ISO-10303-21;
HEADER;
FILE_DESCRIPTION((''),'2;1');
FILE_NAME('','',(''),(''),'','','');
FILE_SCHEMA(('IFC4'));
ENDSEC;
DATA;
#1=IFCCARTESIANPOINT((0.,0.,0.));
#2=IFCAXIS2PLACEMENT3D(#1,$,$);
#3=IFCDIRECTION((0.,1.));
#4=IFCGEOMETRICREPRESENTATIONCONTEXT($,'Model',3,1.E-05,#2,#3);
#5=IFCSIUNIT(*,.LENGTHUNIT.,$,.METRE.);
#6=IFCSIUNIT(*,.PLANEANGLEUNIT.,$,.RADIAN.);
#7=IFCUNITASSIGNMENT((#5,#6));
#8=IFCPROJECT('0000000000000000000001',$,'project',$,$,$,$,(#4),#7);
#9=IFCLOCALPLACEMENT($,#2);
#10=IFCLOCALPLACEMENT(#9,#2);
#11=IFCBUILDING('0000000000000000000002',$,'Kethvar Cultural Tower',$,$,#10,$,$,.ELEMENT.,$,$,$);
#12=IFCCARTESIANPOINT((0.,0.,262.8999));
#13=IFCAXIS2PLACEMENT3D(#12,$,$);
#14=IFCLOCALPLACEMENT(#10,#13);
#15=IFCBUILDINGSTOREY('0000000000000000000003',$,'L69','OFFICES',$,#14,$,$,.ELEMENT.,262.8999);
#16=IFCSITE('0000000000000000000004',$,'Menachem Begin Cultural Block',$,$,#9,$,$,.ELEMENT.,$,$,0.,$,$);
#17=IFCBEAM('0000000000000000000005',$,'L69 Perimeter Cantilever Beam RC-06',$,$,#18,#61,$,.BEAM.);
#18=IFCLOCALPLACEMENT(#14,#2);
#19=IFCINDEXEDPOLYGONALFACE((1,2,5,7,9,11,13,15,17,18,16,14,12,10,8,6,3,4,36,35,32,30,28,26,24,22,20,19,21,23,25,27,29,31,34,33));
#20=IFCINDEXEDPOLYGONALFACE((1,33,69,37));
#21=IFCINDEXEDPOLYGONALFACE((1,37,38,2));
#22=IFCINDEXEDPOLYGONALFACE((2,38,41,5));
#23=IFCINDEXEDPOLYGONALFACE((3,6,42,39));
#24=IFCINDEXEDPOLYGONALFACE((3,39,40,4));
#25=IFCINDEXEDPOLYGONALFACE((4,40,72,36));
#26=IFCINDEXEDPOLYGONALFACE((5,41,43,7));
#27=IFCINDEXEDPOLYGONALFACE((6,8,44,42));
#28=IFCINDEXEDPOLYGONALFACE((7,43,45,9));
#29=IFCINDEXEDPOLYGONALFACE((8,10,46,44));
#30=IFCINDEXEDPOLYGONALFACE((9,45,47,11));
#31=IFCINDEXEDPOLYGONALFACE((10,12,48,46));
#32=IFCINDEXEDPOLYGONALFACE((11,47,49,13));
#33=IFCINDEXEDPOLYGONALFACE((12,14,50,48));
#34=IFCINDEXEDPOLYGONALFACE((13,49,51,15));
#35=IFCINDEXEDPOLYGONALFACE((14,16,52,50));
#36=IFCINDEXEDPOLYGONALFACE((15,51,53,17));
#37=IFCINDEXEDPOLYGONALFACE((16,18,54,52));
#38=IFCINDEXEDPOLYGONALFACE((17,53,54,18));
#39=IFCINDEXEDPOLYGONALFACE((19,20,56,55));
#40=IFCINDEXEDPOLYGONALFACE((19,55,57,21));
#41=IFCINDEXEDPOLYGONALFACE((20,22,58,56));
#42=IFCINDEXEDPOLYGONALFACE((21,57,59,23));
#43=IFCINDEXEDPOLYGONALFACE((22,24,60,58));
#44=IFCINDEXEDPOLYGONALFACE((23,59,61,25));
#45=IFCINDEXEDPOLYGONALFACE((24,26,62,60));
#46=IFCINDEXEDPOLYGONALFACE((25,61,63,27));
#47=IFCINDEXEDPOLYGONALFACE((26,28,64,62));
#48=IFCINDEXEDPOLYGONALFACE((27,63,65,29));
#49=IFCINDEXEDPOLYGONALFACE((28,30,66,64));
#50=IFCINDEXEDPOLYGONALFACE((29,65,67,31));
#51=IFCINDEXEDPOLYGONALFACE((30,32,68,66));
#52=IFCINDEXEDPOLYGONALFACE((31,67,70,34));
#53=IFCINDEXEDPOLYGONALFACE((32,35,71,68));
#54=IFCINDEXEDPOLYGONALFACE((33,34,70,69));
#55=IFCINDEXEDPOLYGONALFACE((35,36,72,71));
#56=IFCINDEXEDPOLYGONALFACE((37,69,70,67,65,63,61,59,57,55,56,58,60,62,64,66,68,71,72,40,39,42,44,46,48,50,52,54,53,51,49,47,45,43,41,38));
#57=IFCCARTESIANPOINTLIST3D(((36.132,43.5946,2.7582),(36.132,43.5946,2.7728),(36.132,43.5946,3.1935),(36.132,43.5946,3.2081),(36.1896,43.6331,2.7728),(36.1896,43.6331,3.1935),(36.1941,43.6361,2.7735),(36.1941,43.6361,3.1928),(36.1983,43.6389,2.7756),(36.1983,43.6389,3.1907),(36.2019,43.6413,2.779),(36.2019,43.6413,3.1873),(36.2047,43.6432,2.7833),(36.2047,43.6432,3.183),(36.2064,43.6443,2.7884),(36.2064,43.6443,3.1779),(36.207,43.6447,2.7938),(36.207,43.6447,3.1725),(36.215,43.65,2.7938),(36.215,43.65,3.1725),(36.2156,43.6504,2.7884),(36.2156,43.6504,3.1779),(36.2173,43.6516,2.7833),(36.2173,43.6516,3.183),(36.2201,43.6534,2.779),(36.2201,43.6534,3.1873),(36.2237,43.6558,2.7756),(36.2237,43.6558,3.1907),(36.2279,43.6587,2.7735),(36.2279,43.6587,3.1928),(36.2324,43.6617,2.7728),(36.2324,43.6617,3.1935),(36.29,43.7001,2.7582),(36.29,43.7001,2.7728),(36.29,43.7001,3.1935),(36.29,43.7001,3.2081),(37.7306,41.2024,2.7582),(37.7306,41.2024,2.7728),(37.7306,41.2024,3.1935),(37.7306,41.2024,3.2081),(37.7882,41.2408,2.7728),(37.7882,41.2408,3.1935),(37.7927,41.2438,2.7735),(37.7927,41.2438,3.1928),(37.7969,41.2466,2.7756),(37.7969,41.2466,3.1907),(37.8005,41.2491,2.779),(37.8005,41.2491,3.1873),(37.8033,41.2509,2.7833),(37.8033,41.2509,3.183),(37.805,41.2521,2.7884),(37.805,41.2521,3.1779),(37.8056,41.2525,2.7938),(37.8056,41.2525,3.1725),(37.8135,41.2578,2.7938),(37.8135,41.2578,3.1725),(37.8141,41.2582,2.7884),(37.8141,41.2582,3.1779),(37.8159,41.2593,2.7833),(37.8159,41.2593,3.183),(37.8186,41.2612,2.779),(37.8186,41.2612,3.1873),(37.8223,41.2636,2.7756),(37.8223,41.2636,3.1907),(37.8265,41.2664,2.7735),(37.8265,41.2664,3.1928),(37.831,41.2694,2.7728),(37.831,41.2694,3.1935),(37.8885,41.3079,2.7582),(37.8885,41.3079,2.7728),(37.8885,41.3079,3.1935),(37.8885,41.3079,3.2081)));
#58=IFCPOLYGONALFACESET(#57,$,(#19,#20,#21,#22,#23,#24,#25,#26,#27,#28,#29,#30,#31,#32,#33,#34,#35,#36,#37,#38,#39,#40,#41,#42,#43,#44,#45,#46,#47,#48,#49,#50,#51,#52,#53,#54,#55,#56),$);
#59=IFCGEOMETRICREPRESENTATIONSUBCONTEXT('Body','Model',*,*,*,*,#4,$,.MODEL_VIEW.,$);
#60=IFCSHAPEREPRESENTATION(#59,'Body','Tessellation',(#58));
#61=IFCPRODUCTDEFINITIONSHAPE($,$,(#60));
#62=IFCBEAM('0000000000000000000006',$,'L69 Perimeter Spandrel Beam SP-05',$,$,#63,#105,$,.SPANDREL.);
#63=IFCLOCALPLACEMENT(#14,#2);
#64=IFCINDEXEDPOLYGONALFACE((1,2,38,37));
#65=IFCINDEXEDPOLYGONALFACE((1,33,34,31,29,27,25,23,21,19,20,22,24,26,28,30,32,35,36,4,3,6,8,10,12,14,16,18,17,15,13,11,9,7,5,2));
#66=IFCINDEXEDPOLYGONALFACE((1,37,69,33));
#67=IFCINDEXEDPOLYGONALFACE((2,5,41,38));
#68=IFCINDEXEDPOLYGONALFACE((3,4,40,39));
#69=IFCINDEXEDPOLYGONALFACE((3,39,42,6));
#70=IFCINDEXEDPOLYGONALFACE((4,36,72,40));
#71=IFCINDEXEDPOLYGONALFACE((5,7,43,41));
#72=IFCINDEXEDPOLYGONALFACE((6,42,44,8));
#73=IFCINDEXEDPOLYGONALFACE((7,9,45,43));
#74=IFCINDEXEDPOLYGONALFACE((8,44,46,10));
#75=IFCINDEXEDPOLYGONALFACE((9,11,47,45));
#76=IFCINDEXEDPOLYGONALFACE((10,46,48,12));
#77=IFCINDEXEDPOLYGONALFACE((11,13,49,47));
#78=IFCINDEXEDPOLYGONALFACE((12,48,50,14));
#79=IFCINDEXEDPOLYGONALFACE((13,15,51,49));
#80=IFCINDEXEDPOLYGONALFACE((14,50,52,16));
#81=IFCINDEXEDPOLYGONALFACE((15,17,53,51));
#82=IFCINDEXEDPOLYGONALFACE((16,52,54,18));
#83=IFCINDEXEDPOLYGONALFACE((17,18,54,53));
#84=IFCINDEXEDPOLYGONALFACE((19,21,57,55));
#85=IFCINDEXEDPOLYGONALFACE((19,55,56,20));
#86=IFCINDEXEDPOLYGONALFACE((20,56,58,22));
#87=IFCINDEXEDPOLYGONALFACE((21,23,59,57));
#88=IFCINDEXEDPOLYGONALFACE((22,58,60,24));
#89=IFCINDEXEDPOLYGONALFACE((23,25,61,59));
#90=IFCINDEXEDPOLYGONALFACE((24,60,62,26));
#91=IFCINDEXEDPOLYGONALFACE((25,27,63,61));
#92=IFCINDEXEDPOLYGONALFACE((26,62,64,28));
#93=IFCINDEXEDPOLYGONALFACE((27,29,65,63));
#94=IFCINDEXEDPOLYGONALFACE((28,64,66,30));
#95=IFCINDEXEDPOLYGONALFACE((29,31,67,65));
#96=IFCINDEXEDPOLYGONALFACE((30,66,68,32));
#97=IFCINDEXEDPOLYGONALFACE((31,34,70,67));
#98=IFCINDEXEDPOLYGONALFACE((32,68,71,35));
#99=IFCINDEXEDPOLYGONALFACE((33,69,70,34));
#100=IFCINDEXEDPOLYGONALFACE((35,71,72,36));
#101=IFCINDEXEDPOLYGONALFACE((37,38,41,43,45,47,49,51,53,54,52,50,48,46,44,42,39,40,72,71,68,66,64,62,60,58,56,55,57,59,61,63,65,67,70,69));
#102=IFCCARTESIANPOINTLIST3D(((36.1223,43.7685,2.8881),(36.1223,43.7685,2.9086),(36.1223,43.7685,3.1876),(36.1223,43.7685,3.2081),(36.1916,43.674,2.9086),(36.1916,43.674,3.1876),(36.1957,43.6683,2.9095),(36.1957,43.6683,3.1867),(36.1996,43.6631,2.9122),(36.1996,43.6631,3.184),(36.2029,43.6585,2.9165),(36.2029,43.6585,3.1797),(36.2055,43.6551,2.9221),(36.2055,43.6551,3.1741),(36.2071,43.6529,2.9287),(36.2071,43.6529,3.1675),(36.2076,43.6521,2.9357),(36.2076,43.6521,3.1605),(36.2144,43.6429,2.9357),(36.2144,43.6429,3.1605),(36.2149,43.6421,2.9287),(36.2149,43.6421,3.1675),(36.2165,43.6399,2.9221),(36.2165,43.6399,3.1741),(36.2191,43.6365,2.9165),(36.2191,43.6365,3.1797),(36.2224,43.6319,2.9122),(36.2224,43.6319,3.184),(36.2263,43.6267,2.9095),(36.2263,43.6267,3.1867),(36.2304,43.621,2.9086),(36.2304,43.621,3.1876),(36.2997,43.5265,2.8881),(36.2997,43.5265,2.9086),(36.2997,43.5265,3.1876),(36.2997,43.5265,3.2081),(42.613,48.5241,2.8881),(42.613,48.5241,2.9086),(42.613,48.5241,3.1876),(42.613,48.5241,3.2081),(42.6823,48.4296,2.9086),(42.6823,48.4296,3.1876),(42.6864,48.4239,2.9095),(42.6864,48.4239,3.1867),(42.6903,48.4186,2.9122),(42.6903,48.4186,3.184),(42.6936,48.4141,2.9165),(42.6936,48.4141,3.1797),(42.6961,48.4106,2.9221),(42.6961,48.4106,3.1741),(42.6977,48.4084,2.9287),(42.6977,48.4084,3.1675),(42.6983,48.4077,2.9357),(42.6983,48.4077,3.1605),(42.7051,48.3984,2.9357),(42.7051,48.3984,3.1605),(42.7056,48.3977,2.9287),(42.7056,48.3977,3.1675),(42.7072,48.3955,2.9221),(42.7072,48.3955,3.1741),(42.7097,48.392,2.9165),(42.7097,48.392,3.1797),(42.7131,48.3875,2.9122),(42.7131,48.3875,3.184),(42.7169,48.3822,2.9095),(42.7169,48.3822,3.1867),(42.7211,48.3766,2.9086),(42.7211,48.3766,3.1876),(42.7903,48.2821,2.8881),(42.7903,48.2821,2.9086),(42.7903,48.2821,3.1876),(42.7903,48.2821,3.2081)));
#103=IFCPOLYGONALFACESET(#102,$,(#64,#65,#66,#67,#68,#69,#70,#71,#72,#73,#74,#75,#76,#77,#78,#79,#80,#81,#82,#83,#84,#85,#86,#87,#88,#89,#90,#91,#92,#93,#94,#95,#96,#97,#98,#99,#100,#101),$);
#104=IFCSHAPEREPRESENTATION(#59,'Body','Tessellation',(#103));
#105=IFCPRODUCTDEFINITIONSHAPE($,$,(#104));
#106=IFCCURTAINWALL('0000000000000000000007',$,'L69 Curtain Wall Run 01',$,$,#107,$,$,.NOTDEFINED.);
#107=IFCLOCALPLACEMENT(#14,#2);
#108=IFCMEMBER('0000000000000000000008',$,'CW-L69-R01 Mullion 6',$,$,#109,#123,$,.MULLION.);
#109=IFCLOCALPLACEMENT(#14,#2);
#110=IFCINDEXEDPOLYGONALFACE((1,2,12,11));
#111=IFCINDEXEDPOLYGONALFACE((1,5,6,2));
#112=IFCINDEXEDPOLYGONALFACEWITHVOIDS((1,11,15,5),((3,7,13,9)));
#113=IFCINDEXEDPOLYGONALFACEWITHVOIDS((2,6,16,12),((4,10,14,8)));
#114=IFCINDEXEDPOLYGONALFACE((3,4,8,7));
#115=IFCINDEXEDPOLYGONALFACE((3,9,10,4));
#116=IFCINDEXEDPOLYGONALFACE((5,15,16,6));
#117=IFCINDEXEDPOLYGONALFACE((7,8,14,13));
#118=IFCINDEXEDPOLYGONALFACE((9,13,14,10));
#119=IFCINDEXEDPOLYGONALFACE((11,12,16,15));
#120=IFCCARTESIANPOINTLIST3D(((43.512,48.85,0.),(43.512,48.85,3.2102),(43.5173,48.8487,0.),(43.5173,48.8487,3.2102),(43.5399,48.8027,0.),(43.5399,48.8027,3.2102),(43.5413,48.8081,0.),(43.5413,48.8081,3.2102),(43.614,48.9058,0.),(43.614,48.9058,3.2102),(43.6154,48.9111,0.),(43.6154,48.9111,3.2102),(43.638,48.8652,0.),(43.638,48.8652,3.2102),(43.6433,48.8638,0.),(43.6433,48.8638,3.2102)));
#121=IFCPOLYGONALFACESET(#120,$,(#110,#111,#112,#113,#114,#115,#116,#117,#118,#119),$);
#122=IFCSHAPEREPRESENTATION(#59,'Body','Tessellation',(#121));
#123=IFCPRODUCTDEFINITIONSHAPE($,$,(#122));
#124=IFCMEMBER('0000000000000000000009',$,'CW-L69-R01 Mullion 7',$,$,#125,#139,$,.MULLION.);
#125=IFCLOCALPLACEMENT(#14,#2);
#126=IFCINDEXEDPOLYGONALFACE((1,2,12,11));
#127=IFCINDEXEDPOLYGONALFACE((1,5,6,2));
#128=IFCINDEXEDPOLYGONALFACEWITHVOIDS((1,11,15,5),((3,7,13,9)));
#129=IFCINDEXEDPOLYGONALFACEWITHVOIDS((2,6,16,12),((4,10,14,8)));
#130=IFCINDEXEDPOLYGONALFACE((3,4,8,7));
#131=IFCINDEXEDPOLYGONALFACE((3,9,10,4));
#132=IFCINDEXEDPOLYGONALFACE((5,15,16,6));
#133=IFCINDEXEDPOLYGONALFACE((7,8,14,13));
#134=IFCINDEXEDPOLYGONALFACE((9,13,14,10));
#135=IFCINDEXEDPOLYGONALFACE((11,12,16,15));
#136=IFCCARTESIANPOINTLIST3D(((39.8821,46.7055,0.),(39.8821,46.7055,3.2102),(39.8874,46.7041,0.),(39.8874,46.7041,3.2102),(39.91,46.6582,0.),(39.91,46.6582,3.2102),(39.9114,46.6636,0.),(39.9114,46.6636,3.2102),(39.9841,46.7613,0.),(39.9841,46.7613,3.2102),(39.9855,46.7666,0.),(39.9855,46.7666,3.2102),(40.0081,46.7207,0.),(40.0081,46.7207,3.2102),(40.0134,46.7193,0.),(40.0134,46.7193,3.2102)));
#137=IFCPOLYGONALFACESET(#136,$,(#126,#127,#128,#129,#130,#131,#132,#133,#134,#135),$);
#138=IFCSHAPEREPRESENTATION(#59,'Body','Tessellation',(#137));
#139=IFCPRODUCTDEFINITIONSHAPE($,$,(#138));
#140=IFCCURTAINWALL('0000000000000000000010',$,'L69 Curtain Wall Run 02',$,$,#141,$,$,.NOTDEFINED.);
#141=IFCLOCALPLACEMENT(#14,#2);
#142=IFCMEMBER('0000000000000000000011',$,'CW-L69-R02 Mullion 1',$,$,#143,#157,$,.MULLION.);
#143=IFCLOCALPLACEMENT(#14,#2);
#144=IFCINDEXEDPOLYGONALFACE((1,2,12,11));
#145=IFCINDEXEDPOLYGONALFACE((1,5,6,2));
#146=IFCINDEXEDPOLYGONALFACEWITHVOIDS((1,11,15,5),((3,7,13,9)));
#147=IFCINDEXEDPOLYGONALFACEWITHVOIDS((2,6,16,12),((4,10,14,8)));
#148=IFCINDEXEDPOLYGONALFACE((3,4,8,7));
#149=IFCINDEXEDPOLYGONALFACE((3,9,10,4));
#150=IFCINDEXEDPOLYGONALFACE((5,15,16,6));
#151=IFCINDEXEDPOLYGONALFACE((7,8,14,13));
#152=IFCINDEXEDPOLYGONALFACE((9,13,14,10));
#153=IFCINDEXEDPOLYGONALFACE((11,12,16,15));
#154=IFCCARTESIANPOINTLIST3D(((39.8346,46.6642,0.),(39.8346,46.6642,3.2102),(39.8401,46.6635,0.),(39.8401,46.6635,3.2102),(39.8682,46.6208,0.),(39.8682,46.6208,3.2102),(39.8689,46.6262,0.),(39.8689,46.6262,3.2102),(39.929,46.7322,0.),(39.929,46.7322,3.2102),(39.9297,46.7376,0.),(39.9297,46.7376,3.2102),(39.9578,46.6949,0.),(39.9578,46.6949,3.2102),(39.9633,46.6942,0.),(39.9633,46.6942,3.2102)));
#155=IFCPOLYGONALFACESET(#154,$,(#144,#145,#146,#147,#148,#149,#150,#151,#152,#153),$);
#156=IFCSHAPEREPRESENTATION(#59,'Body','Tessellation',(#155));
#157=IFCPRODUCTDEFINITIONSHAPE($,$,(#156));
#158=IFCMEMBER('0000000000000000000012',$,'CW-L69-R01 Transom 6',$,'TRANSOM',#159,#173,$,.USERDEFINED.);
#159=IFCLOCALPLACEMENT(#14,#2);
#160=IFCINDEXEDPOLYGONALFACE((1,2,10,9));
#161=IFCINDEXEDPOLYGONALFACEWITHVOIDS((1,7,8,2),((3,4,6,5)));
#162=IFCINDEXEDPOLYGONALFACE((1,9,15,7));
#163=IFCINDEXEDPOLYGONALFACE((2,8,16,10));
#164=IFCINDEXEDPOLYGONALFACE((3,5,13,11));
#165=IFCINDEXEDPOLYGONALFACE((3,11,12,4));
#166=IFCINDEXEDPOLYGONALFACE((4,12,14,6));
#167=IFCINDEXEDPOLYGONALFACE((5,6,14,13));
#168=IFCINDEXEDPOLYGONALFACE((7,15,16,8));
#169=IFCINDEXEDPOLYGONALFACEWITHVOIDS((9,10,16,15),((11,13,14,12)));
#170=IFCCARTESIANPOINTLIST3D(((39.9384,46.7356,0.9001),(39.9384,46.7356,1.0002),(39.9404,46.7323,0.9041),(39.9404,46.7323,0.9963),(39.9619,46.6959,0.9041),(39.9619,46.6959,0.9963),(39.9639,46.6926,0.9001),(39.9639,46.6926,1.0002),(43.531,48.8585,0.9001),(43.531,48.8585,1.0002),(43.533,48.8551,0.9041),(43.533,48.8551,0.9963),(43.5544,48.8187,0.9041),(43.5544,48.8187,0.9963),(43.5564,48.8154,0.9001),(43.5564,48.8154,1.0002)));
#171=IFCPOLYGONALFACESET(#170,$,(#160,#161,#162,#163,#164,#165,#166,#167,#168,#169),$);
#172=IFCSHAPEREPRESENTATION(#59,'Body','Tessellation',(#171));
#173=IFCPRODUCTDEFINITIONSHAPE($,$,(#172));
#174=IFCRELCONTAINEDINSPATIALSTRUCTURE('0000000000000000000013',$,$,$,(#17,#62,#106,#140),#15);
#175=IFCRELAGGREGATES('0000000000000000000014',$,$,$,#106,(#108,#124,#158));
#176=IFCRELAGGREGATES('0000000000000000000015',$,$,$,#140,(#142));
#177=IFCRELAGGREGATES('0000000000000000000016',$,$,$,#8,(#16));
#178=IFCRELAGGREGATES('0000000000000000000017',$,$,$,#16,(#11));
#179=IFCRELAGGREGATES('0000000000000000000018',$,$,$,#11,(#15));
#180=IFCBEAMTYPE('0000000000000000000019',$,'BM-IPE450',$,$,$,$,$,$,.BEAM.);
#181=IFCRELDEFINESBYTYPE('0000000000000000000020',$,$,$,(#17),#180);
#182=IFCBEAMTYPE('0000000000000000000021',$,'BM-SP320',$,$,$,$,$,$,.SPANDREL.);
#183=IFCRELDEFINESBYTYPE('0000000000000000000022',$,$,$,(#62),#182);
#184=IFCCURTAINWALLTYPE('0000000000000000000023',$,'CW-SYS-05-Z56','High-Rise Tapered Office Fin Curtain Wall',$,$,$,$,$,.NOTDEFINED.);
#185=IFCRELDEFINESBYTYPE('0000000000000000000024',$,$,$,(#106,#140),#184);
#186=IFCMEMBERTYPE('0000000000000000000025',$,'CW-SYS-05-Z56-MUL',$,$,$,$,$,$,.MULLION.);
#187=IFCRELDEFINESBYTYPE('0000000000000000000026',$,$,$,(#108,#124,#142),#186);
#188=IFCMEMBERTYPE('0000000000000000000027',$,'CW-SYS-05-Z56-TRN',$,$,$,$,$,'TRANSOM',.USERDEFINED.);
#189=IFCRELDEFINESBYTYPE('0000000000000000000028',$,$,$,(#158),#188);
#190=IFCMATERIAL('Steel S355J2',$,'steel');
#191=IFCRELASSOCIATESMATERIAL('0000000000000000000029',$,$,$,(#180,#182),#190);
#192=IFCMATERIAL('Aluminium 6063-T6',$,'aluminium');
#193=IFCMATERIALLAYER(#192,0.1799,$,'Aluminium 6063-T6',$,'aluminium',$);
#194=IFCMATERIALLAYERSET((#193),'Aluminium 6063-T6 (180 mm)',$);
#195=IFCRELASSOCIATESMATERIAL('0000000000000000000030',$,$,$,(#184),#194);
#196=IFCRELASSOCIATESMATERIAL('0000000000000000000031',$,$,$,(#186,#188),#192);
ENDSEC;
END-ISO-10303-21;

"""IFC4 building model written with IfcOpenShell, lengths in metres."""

from ifc_helpers import new_model, si_unit, direction, frame, origin, origin_2d, place, context, subcontext, project, spatial, hollow_rectangle, i_section, extrude, source, transform, mapped, material, layer, layer_set, material_profile, profile_set, type_object, element, aggregate, save


model = new_model("IFC4")

# Units and contexts
model_context = context("Model", 3, precision=1e-05, world=origin(), true_north=direction((0.0, 1.0)))
body_context = subcontext(model_context, "Body", "Model", "MODEL_VIEW")
ifc_project = project(units=[si_unit("LENGTHUNIT", "METRE"), si_unit("PLANEANGLEUNIT", "RADIAN")], contexts=[model_context])

# Site, building, storey
site_placement = place(None, origin())
site = spatial("IfcSite", under=ifc_project, at=site_placement, Name="Menachem Begin Cultural Block", CompositionType="ELEMENT", RefElevation=0.0)
building_placement = place(site_placement, origin())
building = spatial("IfcBuilding", under=site, at=building_placement, Name="Kethvar Cultural Tower", CompositionType="ELEMENT")
storey_placement = place(building_placement, frame((0.0, 0.0, 262.8999)))
storey = spatial("IfcBuildingStorey", under=building, at=storey_placement, Name="L69", Description="OFFICES", CompositionType="ELEMENT", Elevation=262.8999)

# Beams
ifc_material_1 = material(Name="Steel S355J2", Category="steel")
ifc_material_profile_1 = material_profile(ifc_material_1, i_section(OverallWidth=0.1899, OverallDepth=0.45, WebThickness=0.0095, FlangeThickness=0.0146, FilletRadius=0.021, at=origin_2d()), Name="Steel S355J2 — IPE450")
ifc_profile_set_1 = profile_set([ifc_material_profile_1], Name="Steel S355J2 — IPE450")
beam_type_1 = type_object("IfcBeamType", Name="BM-IPE450", PredefinedType="BEAM", material=ifc_profile_set_1)
shared_shape_1 = source(origin(), body_context, "Body", "SweptSolid", [
    extrude(i_section(OverallWidth=0.1899, OverallDepth=0.45, WebThickness=0.0095, FlangeThickness=0.0146, FilletRadius=0.021, at=origin_2d()), origin(), (0.0, 0.0, 1.0), 2.8772),
])
beam_1_placement = place(storey_placement, frame((37.8096, 41.2551, 2.9832), z_axis=(-0.555601, 0.831449, 0.0), x_axis=(-0.831449, -0.555601, 0.0)))
element("IfcBeam", 1, at=beam_1_placement, inside=storey, type_object=beam_type_1, Name="L69 Perimeter Cantilever Beam RC-06", PredefinedType="BEAM", context=body_context, shape_type="MappedRepresentation", body=[
    mapped(shared_shape_1, transform((0.0, 0.0, 0.0), scale=1.0)),
])
ifc_material_profile_2 = material_profile(ifc_material_1, i_section(OverallWidth=0.3, OverallDepth=0.3201, WebThickness=0.0115, FlangeThickness=0.0205, FilletRadius=0.0271, at=origin_2d()), Name="Steel S355J2 — HEB320")
ifc_profile_set_2 = profile_set([ifc_material_profile_2], Name="Steel S355J2 — HEB320")
beam_type_2 = type_object("IfcBeamType", Name="BM-SP320", PredefinedType="SPANDREL", material=ifc_profile_set_2)
shared_shape_2 = source(origin(), body_context, "Body", "SweptSolid", [
    extrude(i_section(OverallWidth=0.3, OverallDepth=0.3201, WebThickness=0.0115, FlangeThickness=0.0205, FilletRadius=0.0271, at=origin_2d()), origin(), (0.0, 0.0, 1.0), 8.0464),
])
beam_2_placement = place(storey_placement, frame((42.7017, 48.4031, 3.0481), z_axis=(-0.806657, -0.59102, 0.0), x_axis=(0.59102, -0.806657, 0.0)))
element("IfcBeam", 2, at=beam_2_placement, inside=storey, type_object=beam_type_2, Name="L69 Perimeter Spandrel Beam SP-05", PredefinedType="SPANDREL", context=body_context, shape_type="MappedRepresentation", body=[
    mapped(shared_shape_2, transform((0.0, 0.0, 0.0), scale=1.0)),
])

# Curtain wall, members
ifc_material_2 = material(Name="Aluminium 6063-T6", Category="aluminium")
ifc_layer_1 = layer(ifc_material_2, 0.1799, Name="Aluminium 6063-T6", Category="aluminium")
ifc_layer_set_1 = layer_set([ifc_layer_1], Name="Aluminium 6063-T6 (180 mm)")
curtain_wall_type = type_object("IfcCurtainWallType", Name="CW-SYS-05-Z56", Description="High-Rise Tapered Office Fin Curtain Wall", PredefinedType="NOTDEFINED", material=ifc_layer_set_1)
curtain_wall_1_placement = place(storey_placement, origin())
curtain_wall_1 = element("IfcCurtainWall", 3, at=curtain_wall_1_placement, inside=storey, type_object=curtain_wall_type, Name="L69 Curtain Wall Run 01", PredefinedType="NOTDEFINED")
ifc_material_profile_3 = material_profile(ifc_material_2, hollow_rectangle(XDim=0.0549, YDim=0.1201, WallThickness=0.0039, at=origin_2d()), Name="Aluminium 6063-T6 — RHS120x55x4")
ifc_profile_set_3 = profile_set([ifc_material_profile_3], Name="Aluminium 6063-T6 — RHS120x55x4")
member_type_1 = type_object("IfcMemberType", Name="CW-SYS-05-Z56-MUL", PredefinedType="MULLION", material=ifc_profile_set_3)
shared_shape_3 = source(origin(), body_context, "Body", "SweptSolid", [
    extrude(hollow_rectangle(XDim=0.0549, YDim=0.1201, WallThickness=0.0039, at=origin_2d()), origin(), (0.0, 0.0, 1.0), 3.2102),
])
member_1_placement = place(storey_placement, frame((43.5776, 48.8569, 0.0), z_axis=(0.0, 0.0, 1.0), x_axis=(0.508696, -0.860946, 0.0)))
member_1 = element("IfcMember", 4, at=member_1_placement, type_object=member_type_1, Name="CW-L69-R01 Mullion 6", PredefinedType="MULLION", context=body_context, shape_type="MappedRepresentation", body=[
    mapped(shared_shape_3, transform((0.0, 0.0, 0.0), scale=1.0)),
])
member_2_placement = place(storey_placement, frame((39.9478, 46.7124, 0.0), z_axis=(0.0, 0.0, 1.0), x_axis=(0.508696, -0.860946, 0.0)))
member_2 = element("IfcMember", 5, at=member_2_placement, type_object=member_type_1, Name="CW-L69-R01 Mullion 7", PredefinedType="MULLION", context=body_context, shape_type="MappedRepresentation", body=[
    mapped(shared_shape_3, transform((0.0, 0.0, 0.0), scale=1.0)),
])

# Curtain wall, member
curtain_wall_2_placement = place(storey_placement, origin())
curtain_wall_2 = element("IfcCurtainWall", 6, at=curtain_wall_2_placement, inside=storey, type_object=curtain_wall_type, Name="L69 Curtain Wall Run 02", PredefinedType="NOTDEFINED")
member_3_placement = place(storey_placement, frame((39.8989, 46.6792, 0.0), z_axis=(0.0, 0.0, 1.0), x_axis=(0.611071, -0.791576, 0.0)))
member_3 = element("IfcMember", 7, at=member_3_placement, type_object=member_type_1, Name="CW-L69-R02 Mullion 1", PredefinedType="MULLION", context=body_context, shape_type="MappedRepresentation", body=[
    mapped(shared_shape_3, transform((0.0, 0.0, 0.0), scale=1.0)),
])

# Member
ifc_material_profile_4 = material_profile(ifc_material_2, hollow_rectangle(XDim=0.05, YDim=0.1001, WallThickness=0.0039, at=origin_2d()), Name="Aluminium 6063-T6 — RHS100x50x4")
ifc_profile_set_4 = profile_set([ifc_material_profile_4], Name="Aluminium 6063-T6 — RHS100x50x4")
member_type_2 = type_object("IfcMemberType", Name="CW-SYS-05-Z56-TRN", ElementType="TRANSOM", PredefinedType="USERDEFINED", material=ifc_profile_set_4)
shared_shape_4 = source(origin(), body_context, "Body", "SweptSolid", [
    extrude(hollow_rectangle(XDim=0.05, YDim=0.1001, WallThickness=0.0039, at=origin_2d()), origin(), (0.0, 0.0, 1.0), 4.1729),
])
member_4_placement = place(storey_placement, frame((43.5437, 48.8369, 0.9502), z_axis=(-0.860932, -0.508719, 0.0), x_axis=(0.508719, -0.860932, 0.0)))
member_4 = element("IfcMember", 8, at=member_4_placement, type_object=member_type_2, Name="CW-L69-R01 Transom 6", ObjectType="TRANSOM", PredefinedType="USERDEFINED", context=body_context, shape_type="MappedRepresentation", body=[
    mapped(shared_shape_4, transform((0.0, 0.0, 0.0), scale=1.0)),
])

aggregate(curtain_wall_1, [member_1, member_2, member_4])
aggregate(curtain_wall_2, [member_3])

save(model, "model.ifc")
